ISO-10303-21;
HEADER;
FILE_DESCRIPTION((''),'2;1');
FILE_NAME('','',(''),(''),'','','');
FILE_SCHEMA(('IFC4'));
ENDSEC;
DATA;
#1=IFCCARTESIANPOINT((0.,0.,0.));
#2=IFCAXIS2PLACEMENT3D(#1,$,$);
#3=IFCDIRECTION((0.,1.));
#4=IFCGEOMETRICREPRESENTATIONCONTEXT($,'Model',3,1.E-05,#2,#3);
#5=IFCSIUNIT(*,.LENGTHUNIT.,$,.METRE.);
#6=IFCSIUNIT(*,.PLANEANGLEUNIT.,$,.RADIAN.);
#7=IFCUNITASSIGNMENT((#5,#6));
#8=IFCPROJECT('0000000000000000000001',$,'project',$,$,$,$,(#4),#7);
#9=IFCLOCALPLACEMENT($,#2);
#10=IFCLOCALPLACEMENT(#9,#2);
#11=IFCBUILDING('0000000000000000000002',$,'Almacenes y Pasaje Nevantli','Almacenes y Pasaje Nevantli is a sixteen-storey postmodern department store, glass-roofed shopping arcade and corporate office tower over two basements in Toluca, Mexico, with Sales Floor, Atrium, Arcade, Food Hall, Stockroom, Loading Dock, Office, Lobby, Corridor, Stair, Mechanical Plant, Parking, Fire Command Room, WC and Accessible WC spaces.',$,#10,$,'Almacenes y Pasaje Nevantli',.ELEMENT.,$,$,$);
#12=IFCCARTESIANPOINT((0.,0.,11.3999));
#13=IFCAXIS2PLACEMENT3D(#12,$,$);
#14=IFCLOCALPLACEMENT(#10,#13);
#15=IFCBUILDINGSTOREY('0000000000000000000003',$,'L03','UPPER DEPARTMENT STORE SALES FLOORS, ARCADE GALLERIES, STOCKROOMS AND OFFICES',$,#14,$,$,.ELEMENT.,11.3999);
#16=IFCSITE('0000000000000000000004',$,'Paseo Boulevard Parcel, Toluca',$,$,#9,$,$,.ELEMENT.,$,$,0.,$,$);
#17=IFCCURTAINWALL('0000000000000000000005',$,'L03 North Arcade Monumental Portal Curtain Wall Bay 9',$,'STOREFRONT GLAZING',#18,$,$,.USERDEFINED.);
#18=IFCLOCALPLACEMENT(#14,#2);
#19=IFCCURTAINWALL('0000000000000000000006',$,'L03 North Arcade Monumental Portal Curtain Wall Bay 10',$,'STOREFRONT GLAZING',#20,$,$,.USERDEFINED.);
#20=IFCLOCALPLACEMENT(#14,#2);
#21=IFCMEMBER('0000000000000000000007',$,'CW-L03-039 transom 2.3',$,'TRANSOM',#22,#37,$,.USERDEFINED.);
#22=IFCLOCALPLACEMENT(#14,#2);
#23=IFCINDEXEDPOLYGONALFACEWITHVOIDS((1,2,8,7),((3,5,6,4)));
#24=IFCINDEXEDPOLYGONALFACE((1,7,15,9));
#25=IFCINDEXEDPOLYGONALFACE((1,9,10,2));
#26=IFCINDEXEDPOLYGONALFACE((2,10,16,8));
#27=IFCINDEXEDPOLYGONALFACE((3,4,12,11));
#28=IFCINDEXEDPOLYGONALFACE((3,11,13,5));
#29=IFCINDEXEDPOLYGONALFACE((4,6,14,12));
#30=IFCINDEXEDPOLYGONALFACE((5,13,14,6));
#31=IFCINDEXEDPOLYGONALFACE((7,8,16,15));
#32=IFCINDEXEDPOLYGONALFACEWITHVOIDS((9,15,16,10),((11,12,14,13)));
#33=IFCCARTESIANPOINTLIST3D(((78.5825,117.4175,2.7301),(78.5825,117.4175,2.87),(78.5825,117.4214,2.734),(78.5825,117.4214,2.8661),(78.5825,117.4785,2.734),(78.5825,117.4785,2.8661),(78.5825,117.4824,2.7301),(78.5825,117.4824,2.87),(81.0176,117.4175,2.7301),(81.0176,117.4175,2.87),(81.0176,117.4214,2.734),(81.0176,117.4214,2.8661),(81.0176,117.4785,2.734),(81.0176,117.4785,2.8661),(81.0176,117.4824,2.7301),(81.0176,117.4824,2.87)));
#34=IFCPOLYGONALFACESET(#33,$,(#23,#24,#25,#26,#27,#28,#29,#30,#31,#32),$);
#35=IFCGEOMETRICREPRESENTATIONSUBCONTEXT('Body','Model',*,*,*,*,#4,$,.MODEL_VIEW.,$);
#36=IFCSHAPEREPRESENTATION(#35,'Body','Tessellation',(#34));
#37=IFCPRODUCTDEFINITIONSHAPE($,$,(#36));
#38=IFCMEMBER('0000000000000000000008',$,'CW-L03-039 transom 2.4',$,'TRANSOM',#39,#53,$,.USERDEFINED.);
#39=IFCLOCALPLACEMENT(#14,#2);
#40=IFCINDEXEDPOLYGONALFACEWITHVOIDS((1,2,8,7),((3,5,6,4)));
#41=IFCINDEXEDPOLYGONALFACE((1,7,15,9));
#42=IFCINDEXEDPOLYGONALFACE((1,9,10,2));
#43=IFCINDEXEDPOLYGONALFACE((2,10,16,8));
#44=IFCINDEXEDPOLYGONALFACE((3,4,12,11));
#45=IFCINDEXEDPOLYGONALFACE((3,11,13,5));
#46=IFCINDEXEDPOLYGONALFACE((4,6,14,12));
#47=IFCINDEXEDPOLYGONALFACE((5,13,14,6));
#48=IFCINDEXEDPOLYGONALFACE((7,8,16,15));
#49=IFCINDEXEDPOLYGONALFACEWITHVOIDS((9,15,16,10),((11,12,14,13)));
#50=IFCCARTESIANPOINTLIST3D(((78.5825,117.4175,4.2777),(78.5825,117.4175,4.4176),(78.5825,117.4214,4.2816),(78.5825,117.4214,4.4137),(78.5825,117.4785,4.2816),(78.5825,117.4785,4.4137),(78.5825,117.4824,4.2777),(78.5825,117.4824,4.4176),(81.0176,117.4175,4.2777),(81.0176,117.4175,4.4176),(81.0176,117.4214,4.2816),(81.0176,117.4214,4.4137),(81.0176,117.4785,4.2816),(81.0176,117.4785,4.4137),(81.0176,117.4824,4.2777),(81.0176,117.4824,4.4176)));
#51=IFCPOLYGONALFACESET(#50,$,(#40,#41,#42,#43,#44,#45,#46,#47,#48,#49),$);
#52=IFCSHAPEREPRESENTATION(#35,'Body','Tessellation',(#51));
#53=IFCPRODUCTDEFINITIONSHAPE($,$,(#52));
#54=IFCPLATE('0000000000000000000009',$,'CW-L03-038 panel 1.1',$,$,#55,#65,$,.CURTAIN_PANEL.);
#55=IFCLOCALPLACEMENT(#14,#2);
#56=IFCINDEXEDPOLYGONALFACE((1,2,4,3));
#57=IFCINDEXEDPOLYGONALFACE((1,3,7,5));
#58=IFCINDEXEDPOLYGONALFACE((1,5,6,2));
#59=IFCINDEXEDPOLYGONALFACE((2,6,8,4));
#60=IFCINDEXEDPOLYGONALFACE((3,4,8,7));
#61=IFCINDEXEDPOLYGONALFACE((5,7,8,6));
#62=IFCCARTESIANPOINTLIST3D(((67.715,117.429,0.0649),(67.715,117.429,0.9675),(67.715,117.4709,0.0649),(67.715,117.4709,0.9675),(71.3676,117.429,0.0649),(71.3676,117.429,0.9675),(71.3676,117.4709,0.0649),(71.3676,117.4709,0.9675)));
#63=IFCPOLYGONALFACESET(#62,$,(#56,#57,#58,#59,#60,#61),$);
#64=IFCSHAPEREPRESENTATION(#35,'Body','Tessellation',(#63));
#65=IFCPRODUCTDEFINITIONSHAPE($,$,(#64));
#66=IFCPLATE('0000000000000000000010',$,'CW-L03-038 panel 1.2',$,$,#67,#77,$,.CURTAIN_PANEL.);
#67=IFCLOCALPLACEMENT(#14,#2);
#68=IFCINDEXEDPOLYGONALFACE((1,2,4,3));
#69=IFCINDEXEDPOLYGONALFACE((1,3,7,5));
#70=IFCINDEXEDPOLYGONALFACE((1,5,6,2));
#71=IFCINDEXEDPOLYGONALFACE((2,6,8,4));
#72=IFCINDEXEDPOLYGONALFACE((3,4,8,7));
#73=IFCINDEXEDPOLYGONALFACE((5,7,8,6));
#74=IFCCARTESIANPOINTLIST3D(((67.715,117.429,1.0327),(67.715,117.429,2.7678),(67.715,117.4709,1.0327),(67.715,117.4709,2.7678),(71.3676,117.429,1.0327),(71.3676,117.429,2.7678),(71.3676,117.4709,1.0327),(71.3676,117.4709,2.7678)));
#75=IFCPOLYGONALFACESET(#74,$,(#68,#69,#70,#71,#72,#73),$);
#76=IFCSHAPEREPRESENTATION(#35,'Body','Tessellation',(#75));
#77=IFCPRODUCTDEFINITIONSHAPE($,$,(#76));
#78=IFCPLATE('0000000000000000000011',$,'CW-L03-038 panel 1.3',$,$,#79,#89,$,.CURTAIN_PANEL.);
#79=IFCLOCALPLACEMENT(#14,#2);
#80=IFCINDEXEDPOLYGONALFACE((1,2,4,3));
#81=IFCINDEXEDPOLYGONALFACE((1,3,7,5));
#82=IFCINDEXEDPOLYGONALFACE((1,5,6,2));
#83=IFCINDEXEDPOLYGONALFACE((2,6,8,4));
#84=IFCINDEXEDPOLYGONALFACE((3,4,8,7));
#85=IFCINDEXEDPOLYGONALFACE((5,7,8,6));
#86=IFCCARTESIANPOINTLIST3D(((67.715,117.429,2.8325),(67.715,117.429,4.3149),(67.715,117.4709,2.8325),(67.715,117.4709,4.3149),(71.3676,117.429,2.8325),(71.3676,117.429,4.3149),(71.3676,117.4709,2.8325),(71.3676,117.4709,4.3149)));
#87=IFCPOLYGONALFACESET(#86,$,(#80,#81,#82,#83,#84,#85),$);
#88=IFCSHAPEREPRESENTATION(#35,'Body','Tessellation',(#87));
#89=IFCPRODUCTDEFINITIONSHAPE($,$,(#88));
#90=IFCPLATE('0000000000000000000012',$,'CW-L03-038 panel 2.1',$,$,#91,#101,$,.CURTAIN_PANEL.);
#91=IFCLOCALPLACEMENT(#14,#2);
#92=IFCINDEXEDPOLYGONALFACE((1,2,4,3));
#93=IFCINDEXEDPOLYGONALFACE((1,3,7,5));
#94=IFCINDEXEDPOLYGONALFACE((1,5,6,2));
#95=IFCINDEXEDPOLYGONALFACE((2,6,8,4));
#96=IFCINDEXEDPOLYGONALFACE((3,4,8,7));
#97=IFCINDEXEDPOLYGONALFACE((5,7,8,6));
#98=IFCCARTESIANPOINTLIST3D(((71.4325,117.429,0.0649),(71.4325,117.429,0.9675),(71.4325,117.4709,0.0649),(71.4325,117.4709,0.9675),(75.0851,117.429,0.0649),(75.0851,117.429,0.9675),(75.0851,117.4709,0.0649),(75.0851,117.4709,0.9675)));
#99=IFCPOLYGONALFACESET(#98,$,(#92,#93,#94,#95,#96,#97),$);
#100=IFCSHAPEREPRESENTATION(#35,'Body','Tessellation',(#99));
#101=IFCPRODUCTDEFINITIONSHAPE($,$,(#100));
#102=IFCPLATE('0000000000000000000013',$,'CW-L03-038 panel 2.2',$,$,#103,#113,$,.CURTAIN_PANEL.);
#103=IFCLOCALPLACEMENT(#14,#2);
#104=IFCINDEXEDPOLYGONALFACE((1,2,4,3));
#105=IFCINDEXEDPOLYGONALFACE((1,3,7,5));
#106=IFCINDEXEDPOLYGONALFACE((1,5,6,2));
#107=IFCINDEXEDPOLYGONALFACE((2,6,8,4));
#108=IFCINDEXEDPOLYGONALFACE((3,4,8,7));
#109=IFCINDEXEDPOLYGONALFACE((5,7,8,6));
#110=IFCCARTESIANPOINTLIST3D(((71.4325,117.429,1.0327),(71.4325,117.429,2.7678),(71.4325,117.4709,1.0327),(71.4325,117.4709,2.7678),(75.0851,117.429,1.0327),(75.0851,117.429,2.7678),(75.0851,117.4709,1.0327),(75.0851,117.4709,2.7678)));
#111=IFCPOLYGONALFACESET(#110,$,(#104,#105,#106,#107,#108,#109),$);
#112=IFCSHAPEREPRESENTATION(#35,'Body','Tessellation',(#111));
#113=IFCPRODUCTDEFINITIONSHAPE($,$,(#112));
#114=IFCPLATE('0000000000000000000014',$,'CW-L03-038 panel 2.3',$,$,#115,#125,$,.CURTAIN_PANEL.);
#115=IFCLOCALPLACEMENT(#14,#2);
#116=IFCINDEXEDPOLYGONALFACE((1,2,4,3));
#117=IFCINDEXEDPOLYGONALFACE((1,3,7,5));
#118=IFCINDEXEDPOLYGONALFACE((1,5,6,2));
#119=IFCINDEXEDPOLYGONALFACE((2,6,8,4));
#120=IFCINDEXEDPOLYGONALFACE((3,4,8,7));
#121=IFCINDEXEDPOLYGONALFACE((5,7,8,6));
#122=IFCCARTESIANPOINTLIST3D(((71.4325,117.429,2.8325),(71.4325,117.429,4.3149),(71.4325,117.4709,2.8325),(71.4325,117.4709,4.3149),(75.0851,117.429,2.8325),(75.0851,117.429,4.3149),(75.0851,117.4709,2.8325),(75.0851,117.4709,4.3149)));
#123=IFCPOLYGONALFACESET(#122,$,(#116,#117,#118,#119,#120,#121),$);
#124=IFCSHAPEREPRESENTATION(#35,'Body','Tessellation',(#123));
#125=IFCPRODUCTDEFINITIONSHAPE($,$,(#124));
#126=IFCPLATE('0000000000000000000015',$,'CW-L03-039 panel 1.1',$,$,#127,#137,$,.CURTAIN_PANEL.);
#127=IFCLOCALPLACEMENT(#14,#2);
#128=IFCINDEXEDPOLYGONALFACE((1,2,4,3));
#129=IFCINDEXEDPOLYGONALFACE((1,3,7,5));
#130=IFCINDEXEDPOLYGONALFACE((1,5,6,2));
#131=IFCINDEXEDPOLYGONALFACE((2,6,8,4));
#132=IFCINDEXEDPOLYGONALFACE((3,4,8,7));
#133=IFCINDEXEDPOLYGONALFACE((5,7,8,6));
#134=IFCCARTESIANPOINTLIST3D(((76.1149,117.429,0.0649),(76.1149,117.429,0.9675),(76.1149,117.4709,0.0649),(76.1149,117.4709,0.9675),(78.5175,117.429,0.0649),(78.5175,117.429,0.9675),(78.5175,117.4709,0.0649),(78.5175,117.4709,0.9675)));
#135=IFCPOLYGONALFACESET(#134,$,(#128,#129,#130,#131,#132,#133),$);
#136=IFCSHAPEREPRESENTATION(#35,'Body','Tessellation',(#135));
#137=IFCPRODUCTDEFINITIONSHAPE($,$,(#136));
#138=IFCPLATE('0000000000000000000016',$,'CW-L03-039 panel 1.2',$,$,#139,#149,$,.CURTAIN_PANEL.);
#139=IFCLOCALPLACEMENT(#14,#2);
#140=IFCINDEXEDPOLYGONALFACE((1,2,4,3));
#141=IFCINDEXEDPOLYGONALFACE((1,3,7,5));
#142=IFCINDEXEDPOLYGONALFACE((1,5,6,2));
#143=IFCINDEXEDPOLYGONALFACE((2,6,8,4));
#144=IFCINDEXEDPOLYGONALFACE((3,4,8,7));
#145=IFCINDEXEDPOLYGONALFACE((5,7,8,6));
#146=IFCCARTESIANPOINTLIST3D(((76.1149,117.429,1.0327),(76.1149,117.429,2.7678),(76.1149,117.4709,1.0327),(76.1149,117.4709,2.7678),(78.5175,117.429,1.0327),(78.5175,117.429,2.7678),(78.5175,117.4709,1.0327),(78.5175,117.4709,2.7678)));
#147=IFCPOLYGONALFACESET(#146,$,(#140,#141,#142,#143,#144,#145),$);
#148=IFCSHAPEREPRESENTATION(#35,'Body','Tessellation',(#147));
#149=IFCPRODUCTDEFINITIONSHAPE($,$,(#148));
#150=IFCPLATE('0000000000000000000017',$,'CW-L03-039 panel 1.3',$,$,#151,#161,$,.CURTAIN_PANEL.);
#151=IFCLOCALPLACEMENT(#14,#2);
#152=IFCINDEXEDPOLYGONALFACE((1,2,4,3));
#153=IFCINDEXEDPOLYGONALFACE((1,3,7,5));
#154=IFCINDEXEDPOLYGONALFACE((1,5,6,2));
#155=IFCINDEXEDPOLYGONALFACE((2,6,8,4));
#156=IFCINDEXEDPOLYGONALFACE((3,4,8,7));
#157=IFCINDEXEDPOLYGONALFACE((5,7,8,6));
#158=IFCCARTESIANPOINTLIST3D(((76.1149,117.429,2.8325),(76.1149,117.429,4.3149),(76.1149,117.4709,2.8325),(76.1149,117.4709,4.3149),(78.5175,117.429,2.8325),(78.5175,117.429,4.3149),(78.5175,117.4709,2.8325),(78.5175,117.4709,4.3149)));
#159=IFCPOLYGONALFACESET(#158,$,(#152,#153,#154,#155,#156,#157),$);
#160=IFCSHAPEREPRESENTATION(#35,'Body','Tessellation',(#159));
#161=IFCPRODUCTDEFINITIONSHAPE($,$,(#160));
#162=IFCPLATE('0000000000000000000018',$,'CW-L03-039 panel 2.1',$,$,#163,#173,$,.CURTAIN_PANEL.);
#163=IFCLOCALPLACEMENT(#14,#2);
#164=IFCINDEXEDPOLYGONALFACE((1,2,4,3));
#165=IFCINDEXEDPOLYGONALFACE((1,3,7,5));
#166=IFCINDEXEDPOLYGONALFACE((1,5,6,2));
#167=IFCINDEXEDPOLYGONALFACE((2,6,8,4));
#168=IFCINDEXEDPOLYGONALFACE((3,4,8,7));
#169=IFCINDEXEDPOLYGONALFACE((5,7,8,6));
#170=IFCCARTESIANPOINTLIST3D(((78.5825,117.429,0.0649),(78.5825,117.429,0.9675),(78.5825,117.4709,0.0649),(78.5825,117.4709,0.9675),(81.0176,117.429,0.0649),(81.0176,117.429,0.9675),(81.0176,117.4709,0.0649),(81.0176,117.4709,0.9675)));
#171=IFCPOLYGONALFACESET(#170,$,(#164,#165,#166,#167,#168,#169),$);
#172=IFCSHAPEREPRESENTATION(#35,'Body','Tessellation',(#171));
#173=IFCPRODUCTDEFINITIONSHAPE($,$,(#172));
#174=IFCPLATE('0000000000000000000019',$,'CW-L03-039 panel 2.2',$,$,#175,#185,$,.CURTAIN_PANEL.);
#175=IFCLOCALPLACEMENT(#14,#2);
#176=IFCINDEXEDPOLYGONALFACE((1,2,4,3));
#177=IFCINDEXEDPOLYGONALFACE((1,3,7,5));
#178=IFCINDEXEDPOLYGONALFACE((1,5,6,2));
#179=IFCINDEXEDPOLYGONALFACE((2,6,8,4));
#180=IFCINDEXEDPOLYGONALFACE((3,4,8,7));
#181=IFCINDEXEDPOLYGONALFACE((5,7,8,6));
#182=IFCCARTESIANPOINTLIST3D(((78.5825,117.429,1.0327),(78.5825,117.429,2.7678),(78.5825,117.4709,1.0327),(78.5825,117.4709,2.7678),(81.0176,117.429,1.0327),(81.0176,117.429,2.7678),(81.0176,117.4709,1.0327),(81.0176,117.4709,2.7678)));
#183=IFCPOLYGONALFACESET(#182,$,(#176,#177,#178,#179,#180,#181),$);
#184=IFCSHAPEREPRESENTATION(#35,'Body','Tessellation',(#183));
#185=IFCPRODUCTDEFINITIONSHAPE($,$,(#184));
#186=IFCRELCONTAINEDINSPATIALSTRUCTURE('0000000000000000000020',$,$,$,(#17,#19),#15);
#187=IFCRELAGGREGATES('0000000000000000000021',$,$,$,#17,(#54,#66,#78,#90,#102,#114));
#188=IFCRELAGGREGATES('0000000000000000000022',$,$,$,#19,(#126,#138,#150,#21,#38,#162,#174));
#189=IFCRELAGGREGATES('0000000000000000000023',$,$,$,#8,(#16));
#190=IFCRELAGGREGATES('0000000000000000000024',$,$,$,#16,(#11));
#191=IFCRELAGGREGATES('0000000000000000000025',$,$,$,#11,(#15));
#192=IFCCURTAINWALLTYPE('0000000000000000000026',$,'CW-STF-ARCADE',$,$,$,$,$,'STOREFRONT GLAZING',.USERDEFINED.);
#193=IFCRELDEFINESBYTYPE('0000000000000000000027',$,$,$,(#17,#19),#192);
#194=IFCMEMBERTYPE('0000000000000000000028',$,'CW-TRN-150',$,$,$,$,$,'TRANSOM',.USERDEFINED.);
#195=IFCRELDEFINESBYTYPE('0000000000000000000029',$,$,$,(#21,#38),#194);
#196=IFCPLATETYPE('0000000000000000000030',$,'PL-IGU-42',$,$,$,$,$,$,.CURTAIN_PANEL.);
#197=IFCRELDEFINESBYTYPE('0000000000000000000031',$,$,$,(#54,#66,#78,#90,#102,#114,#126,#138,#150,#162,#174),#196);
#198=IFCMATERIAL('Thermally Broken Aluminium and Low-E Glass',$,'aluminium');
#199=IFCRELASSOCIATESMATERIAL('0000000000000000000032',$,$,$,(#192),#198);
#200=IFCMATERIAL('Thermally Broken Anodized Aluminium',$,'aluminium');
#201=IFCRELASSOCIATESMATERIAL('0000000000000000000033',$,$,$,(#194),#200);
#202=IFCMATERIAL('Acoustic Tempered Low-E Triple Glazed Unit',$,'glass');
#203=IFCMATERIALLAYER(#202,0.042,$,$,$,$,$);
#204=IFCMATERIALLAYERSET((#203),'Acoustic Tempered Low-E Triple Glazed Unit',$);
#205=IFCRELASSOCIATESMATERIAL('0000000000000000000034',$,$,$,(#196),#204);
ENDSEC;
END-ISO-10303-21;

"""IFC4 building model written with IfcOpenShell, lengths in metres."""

from ifc_helpers import new_model, si_unit, direction, frame, origin, origin_2d, place, context, subcontext, project, spatial, rectangle, hollow_rectangle, extrude, material, layer, layer_set, material_profile, profile_set, type_object, element, aggregate, save


model = new_model("IFC4")

# Units and contexts
model_context = context("Model", 3, precision=1e-05, world=origin(), true_north=direction((0.0, 1.0)))
body_context = subcontext(model_context, "Body", "Model", "MODEL_VIEW")
ifc_project = project(units=[si_unit("LENGTHUNIT", "METRE"), si_unit("PLANEANGLEUNIT", "RADIAN")], contexts=[model_context])

# Site, building, storey
site_placement = place(None, origin())
site = spatial("IfcSite", under=ifc_project, at=site_placement, Name="Paseo Boulevard Parcel, Toluca", CompositionType="ELEMENT", RefElevation=0.0)
building_placement = place(site_placement, origin())
building = spatial("IfcBuilding", under=site, at=building_placement, Name="Almacenes y Pasaje Nevantli", Description="Almacenes y Pasaje Nevantli is a sixteen-storey postmodern department store, glass-roofed shopping arcade and corporate office tower over two basements in Toluca, Mexico, with Sales Floor, Atrium, Arcade, Food Hall, Stockroom, Loading Dock, Office, Lobby, Corridor, Stair, Mechanical Plant, Parking, Fire Command Room, WC and Accessible WC spaces.", LongName="Almacenes y Pasaje Nevantli", CompositionType="ELEMENT")
storey_placement = place(building_placement, frame((0.0, 0.0, 11.3999)))
storey = spatial("IfcBuildingStorey", under=building, at=storey_placement, Name="L03", Description="UPPER DEPARTMENT STORE SALES FLOORS, ARCADE GALLERIES, STOCKROOMS AND OFFICES", CompositionType="ELEMENT", Elevation=11.3999)

# Curtain walls
ifc_material_1 = material(Name="Thermally Broken Aluminium and Low-E Glass", Category="aluminium")
curtain_wall_type = type_object("IfcCurtainWallType", Name="CW-STF-ARCADE", ElementType="STOREFRONT GLAZING", PredefinedType="USERDEFINED", material=ifc_material_1)
curtain_wall_1_placement = place(storey_placement, origin())
curtain_wall_1 = element("IfcCurtainWall", 1, at=curtain_wall_1_placement, inside=storey, type_object=curtain_wall_type, Name="L03 North Arcade Monumental Portal Curtain Wall Bay 9", ObjectType="STOREFRONT GLAZING", PredefinedType="USERDEFINED")
curtain_wall_2_placement = place(storey_placement, origin())
curtain_wall_2 = element("IfcCurtainWall", 2, at=curtain_wall_2_placement, inside=storey, type_object=curtain_wall_type, Name="L03 North Arcade Monumental Portal Curtain Wall Bay 10", ObjectType="STOREFRONT GLAZING", PredefinedType="USERDEFINED")

# Members
ifc_material_2 = material(Name="Thermally Broken Anodized Aluminium", Category="aluminium")
ifc_material_profile_1 = material_profile(ifc_material_2, hollow_rectangle(XDim=0.0649, YDim=0.1399, WallThickness=0.0039, at=origin_2d()), Name="ALU-TRN-65x140")
ifc_profile_set_1 = profile_set([ifc_material_profile_1], Name="Thermally Broken Anodized Aluminium")
member_type_1 = type_object("IfcMemberType", Name="CW-TRN-150", ElementType="TRANSOM", PredefinedType="USERDEFINED", material=ifc_profile_set_1)
member_1_placement = place(storey_placement, frame((78.5825, 117.45, 2.8), z_axis=(1.0, 0.0, 0.0), x_axis=(0.0, 1.0, 0.0)))
member_1 = element("IfcMember", 3, at=member_1_placement, type_object=member_type_1, Name="CW-L03-039 transom 2.3", ObjectType="TRANSOM", PredefinedType="USERDEFINED", context=body_context, shape_type="SweptSolid", body=[
    extrude(hollow_rectangle(XDim=0.0649, YDim=0.1399, WallThickness=0.0039, at=origin_2d()), origin(), (0.0, 0.0, 1.0), 2.4351),
])
member_2_placement = place(storey_placement, frame((78.5825, 117.45, 4.3477), z_axis=(1.0, 0.0, 0.0), x_axis=(0.0, 1.0, 0.0)))
member_2 = element("IfcMember", 4, at=member_2_placement, type_object=member_type_1, Name="CW-L03-039 transom 2.4", ObjectType="TRANSOM", PredefinedType="USERDEFINED", context=body_context, shape_type="SweptSolid", body=[
    extrude(hollow_rectangle(XDim=0.0649, YDim=0.1399, WallThickness=0.0039, at=origin_2d()), origin(), (0.0, 0.0, 1.0), 2.4351),
])

# Plates
ifc_material_3 = material(Name="Acoustic Tempered Low-E Triple Glazed Unit", Category="glass")
ifc_layer = layer(ifc_material_3, 0.042)
ifc_layer_set = layer_set([ifc_layer], Name="Acoustic Tempered Low-E Triple Glazed Unit")
plate_type = type_object("IfcPlateType", Name="PL-IGU-42", PredefinedType="CURTAIN_PANEL", material=ifc_layer_set)
plate_1_placement = place(storey_placement, frame((69.5413, 117.45, 0.0649), z_axis=(0.0, 0.0, 1.0), x_axis=(1.0, 0.0, 0.0)))
plate_1 = element("IfcPlate", 5, at=plate_1_placement, type_object=plate_type, Name="CW-L03-038 panel 1.1", PredefinedType="CURTAIN_PANEL", context=body_context, shape_type="SweptSolid", body=[
    extrude(rectangle(XDim=3.6526, YDim=0.042, at=origin_2d()), origin(), (0.0, 0.0, 1.0), 0.9026),
])
plate_2_placement = place(storey_placement, frame((69.5413, 117.45, 1.0327), z_axis=(0.0, 0.0, 1.0), x_axis=(1.0, 0.0, 0.0)))
plate_2 = element("IfcPlate", 6, at=plate_2_placement, type_object=plate_type, Name="CW-L03-038 panel 1.2", PredefinedType="CURTAIN_PANEL", context=body_context, shape_type="SweptSolid", body=[
    extrude(rectangle(XDim=3.6526, YDim=0.042, at=origin_2d()), origin(), (0.0, 0.0, 1.0), 1.7351),
])
plate_3_placement = place(storey_placement, frame((69.5413, 117.45, 2.8325), z_axis=(0.0, 0.0, 1.0), x_axis=(1.0, 0.0, 0.0)))
plate_3 = element("IfcPlate", 7, at=plate_3_placement, type_object=plate_type, Name="CW-L03-038 panel 1.3", PredefinedType="CURTAIN_PANEL", context=body_context, shape_type="SweptSolid", body=[
    extrude(rectangle(XDim=3.6526, YDim=0.042, at=origin_2d()), origin(), (0.0, 0.0, 1.0), 1.4824),
])
plate_4_placement = place(storey_placement, frame((73.2588, 117.45, 0.0649), z_axis=(0.0, 0.0, 1.0), x_axis=(1.0, 0.0, 0.0)))
plate_4 = element("IfcPlate", 8, at=plate_4_placement, type_object=plate_type, Name="CW-L03-038 panel 2.1", PredefinedType="CURTAIN_PANEL", context=body_context, shape_type="SweptSolid", body=[
    extrude(rectangle(XDim=3.6526, YDim=0.042, at=origin_2d()), origin(), (0.0, 0.0, 1.0), 0.9026),
])
plate_5_placement = place(storey_placement, frame((73.2588, 117.45, 1.0327), z_axis=(0.0, 0.0, 1.0), x_axis=(1.0, 0.0, 0.0)))
plate_5 = element("IfcPlate", 9, at=plate_5_placement, type_object=plate_type, Name="CW-L03-038 panel 2.2", PredefinedType="CURTAIN_PANEL", context=body_context, shape_type="SweptSolid", body=[
    extrude(rectangle(XDim=3.6526, YDim=0.042, at=origin_2d()), origin(), (0.0, 0.0, 1.0), 1.7351),
])
plate_6_placement = place(storey_placement, frame((73.2588, 117.45, 2.8325), z_axis=(0.0, 0.0, 1.0), x_axis=(1.0, 0.0, 0.0)))
plate_6 = element("IfcPlate", 10, at=plate_6_placement, type_object=plate_type, Name="CW-L03-038 panel 2.3", PredefinedType="CURTAIN_PANEL", context=body_context, shape_type="SweptSolid", body=[
    extrude(rectangle(XDim=3.6526, YDim=0.042, at=origin_2d()), origin(), (0.0, 0.0, 1.0), 1.4824),
])
aggregate(curtain_wall_1, [plate_1, plate_2, plate_3, plate_4, plate_5, plate_6])
plate_7_placement = place(storey_placement, frame((77.3162, 117.45, 0.0649), z_axis=(0.0, 0.0, 1.0), x_axis=(1.0, 0.0, 0.0)))
plate_7 = element("IfcPlate", 11, at=plate_7_placement, type_object=plate_type, Name="CW-L03-039 panel 1.1", PredefinedType="CURTAIN_PANEL", context=body_context, shape_type="SweptSolid", body=[
    extrude(rectangle(XDim=2.4026, YDim=0.042, at=origin_2d()), origin(), (0.0, 0.0, 1.0), 0.9026),
])
plate_8_placement = place(storey_placement, frame((77.3162, 117.45, 1.0327), z_axis=(0.0, 0.0, 1.0), x_axis=(1.0, 0.0, 0.0)))
plate_8 = element("IfcPlate", 12, at=plate_8_placement, type_object=plate_type, Name="CW-L03-039 panel 1.2", PredefinedType="CURTAIN_PANEL", context=body_context, shape_type="SweptSolid", body=[
    extrude(rectangle(XDim=2.4026, YDim=0.042, at=origin_2d()), origin(), (0.0, 0.0, 1.0), 1.7351),
])
plate_9_placement = place(storey_placement, frame((77.3162, 117.45, 2.8325), z_axis=(0.0, 0.0, 1.0), x_axis=(1.0, 0.0, 0.0)))
plate_9 = element("IfcPlate", 13, at=plate_9_placement, type_object=plate_type, Name="CW-L03-039 panel 1.3", PredefinedType="CURTAIN_PANEL", context=body_context, shape_type="SweptSolid", body=[
    extrude(rectangle(XDim=2.4026, YDim=0.042, at=origin_2d()), origin(), (0.0, 0.0, 1.0), 1.4824),
])
plate_10_placement = place(storey_placement, frame((79.8, 117.45, 0.0649), z_axis=(0.0, 0.0, 1.0), x_axis=(1.0, 0.0, 0.0)))
plate_10 = element("IfcPlate", 14, at=plate_10_placement, type_object=plate_type, Name="CW-L03-039 panel 2.1", PredefinedType="CURTAIN_PANEL", context=body_context, shape_type="SweptSolid", body=[
    extrude(rectangle(XDim=2.4351, YDim=0.042, at=origin_2d()), origin(), (0.0, 0.0, 1.0), 0.9026),
])
plate_11_placement = place(storey_placement, frame((79.8, 117.45, 1.0327), z_axis=(0.0, 0.0, 1.0), x_axis=(1.0, 0.0, 0.0)))
plate_11 = element("IfcPlate", 15, at=plate_11_placement, type_object=plate_type, Name="CW-L03-039 panel 2.2", PredefinedType="CURTAIN_PANEL", context=body_context, shape_type="SweptSolid", body=[
    extrude(rectangle(XDim=2.4351, YDim=0.042, at=origin_2d()), origin(), (0.0, 0.0, 1.0), 1.7351),
])
aggregate(curtain_wall_2, [plate_7, plate_8, plate_9, member_1, member_2, plate_10, plate_11])

save(model, "model.ifc")
